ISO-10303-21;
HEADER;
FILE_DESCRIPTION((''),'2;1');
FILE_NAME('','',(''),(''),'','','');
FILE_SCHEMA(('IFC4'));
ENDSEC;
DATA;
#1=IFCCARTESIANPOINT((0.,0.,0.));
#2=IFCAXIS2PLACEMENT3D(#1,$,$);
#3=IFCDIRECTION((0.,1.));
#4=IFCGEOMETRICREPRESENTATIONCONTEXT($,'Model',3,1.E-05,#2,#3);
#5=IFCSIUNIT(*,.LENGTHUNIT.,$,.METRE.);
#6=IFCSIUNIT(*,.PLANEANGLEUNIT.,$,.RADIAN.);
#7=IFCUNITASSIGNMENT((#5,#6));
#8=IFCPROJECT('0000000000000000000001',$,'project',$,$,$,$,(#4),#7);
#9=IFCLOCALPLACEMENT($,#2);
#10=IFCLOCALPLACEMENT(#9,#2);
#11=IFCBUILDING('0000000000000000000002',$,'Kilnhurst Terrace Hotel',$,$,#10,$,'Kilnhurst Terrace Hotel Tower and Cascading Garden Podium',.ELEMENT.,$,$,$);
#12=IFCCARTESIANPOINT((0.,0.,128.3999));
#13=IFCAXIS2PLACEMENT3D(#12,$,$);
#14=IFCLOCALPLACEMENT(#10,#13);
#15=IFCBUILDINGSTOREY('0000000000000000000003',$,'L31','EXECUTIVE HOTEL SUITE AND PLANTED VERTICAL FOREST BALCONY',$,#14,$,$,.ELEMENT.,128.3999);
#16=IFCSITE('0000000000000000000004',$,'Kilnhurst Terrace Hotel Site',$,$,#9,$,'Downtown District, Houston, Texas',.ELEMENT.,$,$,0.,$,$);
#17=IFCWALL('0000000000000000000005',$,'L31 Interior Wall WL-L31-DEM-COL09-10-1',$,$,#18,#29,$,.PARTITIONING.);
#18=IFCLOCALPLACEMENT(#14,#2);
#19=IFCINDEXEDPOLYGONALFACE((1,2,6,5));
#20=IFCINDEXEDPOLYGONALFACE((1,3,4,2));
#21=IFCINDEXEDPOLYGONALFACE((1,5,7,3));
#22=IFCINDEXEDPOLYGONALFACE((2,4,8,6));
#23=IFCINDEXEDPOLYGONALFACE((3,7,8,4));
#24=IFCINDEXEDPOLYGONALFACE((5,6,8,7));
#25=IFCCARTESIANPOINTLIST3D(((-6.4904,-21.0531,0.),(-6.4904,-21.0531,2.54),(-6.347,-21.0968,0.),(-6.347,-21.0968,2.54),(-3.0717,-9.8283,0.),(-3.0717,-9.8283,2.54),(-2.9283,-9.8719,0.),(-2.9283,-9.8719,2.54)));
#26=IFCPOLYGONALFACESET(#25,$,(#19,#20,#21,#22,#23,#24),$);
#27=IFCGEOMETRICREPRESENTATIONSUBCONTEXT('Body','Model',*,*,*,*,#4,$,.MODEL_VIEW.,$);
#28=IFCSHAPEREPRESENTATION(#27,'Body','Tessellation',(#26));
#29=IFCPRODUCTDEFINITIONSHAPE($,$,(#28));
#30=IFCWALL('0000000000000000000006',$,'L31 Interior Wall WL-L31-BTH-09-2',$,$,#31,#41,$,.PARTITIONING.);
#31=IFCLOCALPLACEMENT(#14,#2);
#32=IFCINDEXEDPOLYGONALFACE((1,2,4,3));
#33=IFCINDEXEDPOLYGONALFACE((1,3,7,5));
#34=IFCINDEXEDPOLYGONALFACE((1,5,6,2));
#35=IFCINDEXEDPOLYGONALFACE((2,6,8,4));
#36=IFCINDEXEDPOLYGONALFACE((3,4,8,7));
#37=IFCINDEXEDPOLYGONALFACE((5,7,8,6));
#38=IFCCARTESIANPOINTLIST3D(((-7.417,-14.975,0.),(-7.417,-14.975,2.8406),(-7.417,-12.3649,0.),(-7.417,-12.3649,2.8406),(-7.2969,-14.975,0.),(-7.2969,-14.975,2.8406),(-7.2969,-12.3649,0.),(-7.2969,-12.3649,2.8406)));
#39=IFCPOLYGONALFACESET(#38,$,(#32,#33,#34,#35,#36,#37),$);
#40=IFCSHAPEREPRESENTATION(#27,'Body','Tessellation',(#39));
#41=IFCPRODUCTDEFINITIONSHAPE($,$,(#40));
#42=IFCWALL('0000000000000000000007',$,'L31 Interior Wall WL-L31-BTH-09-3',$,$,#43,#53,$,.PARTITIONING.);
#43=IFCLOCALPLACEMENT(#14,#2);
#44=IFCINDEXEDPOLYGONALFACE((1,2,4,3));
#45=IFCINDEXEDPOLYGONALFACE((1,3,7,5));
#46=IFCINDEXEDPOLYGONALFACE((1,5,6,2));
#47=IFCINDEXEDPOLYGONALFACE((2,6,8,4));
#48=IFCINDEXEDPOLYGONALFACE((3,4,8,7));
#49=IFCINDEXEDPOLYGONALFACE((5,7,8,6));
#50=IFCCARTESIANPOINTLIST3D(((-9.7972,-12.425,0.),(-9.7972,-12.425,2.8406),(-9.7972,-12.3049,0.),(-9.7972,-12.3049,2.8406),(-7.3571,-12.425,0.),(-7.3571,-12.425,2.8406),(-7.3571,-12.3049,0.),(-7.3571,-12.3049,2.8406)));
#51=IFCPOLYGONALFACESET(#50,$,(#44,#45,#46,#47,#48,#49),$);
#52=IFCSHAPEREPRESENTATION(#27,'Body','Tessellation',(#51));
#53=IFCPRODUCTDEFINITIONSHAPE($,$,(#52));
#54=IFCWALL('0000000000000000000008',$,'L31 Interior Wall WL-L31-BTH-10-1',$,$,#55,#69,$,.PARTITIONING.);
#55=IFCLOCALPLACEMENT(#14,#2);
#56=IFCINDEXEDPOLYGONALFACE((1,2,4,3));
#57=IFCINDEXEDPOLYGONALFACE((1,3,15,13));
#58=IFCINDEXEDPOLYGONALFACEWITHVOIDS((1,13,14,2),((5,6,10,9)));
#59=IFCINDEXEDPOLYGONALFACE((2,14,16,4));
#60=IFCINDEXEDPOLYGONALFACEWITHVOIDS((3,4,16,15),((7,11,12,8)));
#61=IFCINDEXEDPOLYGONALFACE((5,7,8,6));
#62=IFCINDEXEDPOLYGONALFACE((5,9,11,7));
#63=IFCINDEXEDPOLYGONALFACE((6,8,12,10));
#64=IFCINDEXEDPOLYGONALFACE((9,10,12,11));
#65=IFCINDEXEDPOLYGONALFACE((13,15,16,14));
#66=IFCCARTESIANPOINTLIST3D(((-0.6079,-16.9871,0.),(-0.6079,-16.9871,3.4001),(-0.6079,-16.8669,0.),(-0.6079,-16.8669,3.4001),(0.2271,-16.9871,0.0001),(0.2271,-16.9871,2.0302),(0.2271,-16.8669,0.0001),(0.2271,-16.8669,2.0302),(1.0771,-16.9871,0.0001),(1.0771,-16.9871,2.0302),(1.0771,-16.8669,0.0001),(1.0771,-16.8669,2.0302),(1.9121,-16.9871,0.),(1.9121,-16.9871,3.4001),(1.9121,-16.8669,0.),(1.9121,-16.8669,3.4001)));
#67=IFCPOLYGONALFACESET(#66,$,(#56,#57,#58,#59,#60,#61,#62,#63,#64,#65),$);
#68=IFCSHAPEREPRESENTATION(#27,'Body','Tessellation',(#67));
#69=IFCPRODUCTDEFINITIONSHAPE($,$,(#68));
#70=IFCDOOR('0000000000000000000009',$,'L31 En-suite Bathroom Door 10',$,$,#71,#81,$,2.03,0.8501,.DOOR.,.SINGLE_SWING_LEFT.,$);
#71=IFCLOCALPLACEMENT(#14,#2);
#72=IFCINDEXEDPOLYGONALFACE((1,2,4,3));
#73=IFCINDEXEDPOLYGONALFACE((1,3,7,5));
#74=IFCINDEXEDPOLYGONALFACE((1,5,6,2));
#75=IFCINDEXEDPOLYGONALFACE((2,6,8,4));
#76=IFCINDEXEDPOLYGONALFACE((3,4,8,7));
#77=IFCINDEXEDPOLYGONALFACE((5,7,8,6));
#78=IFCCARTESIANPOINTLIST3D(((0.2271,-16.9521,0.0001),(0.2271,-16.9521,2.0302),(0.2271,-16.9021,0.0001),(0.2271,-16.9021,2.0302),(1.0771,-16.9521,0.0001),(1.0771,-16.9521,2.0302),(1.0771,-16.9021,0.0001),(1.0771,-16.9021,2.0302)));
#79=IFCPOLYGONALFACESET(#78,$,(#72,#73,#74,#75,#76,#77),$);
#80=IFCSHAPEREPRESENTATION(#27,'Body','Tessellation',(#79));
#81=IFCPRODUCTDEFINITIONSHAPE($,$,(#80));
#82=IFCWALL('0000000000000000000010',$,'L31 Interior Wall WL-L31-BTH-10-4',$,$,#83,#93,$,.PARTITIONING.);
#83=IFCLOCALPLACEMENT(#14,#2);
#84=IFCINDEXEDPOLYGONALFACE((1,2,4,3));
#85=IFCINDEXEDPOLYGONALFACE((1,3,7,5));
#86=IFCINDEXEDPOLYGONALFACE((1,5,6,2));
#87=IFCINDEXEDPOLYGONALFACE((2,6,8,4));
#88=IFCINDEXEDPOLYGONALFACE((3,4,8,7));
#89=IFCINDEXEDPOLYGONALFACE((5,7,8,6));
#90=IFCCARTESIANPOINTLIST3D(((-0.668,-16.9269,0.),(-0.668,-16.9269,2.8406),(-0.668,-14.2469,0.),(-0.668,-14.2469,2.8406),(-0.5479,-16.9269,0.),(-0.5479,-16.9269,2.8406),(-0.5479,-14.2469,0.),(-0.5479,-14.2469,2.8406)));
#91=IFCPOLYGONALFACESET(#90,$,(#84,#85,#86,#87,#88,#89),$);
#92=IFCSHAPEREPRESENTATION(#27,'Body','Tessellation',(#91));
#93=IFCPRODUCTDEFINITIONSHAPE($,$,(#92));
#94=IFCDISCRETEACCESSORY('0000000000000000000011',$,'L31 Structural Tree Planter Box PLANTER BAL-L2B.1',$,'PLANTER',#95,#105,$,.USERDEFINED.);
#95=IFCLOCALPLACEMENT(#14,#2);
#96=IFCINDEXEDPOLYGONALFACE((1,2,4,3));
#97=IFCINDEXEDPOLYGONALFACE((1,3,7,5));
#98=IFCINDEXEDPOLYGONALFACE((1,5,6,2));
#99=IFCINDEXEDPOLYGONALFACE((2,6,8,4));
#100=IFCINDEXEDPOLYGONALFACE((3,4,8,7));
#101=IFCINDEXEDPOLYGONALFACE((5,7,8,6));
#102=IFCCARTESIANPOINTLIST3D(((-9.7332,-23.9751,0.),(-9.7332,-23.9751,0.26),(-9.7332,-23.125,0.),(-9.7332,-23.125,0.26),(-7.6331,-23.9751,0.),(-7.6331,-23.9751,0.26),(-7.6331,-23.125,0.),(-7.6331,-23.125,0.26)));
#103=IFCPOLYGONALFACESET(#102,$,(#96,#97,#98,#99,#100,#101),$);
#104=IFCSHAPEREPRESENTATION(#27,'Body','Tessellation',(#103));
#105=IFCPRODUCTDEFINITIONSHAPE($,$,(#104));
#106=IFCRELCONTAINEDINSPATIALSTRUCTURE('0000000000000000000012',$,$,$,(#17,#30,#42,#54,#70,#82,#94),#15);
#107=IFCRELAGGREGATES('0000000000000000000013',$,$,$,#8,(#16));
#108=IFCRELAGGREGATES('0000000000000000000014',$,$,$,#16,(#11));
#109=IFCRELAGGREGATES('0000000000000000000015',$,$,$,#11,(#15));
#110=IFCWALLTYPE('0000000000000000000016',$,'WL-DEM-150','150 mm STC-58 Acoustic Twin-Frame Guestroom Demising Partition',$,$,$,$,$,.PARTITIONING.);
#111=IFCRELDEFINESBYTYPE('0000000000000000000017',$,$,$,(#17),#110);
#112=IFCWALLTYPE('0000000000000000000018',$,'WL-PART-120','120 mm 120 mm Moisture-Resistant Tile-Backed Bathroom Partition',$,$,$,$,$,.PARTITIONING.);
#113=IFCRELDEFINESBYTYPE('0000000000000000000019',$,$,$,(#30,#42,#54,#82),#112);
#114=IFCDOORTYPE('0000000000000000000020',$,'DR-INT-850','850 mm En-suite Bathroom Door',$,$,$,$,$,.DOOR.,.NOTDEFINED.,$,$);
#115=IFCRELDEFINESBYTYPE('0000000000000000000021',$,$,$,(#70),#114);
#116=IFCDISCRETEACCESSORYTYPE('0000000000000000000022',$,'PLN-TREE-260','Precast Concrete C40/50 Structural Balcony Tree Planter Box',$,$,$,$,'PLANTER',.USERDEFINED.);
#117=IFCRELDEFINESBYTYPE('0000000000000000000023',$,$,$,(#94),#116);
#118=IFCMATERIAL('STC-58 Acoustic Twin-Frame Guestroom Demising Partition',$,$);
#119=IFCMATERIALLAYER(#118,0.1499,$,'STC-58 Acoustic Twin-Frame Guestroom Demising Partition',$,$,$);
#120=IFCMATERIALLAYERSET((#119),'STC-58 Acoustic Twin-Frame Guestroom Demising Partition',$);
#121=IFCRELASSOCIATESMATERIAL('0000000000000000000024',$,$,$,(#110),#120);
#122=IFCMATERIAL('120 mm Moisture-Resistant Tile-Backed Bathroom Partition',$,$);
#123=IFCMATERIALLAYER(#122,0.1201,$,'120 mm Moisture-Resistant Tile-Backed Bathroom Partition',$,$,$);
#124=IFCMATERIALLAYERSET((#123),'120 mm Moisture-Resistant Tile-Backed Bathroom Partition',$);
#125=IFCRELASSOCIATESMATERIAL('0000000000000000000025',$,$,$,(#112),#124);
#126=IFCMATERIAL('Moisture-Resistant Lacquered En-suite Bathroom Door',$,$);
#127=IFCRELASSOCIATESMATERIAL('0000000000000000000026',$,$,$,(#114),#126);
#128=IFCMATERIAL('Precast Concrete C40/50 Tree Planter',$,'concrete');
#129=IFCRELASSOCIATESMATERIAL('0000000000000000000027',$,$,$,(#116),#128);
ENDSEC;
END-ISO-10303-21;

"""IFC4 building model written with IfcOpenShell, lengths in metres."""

from ifc_helpers import new_model, si_unit, direction, frame, frame_2d, origin, origin_2d, place, context, subcontext, project, spatial, rectangle, extrude, material, layer, layer_set, type_object, element, fill, save


model = new_model("IFC4")

# Units and contexts
model_context = context("Model", 3, precision=1e-05, world=origin(), true_north=direction((0.0, 1.0)))
body_context = subcontext(model_context, "Body", "Model", "MODEL_VIEW")
ifc_project = project(units=[si_unit("LENGTHUNIT", "METRE"), si_unit("PLANEANGLEUNIT", "RADIAN")], contexts=[model_context])

# Site, building, storey
site_placement = place(None, origin())
site = spatial("IfcSite", under=ifc_project, at=site_placement, Name="Kilnhurst Terrace Hotel Site", LongName="Downtown District, Houston, Texas", CompositionType="ELEMENT", RefElevation=0.0)
building_placement = place(site_placement, origin())
building = spatial("IfcBuilding", under=site, at=building_placement, Name="Kilnhurst Terrace Hotel", LongName="Kilnhurst Terrace Hotel Tower and Cascading Garden Podium", CompositionType="ELEMENT")
storey_placement = place(building_placement, frame((0.0, 0.0, 128.3999)))
storey = spatial("IfcBuildingStorey", under=building, at=storey_placement, Name="L31", Description="EXECUTIVE HOTEL SUITE AND PLANTED VERTICAL FOREST BALCONY", CompositionType="ELEMENT", Elevation=128.3999)

# Walls
ifc_material_1 = material(Name="STC-58 Acoustic Twin-Frame Guestroom Demising Partition")
ifc_layer_1 = layer(ifc_material_1, 0.1499, Name="STC-58 Acoustic Twin-Frame Guestroom Demising Partition")
ifc_layer_set_1 = layer_set([ifc_layer_1], Name="STC-58 Acoustic Twin-Frame Guestroom Demising Partition")
wall_type_1 = type_object("IfcWallType", Name="WL-DEM-150", Description="150 mm STC-58 Acoustic Twin-Frame Guestroom Demising Partition", PredefinedType="PARTITIONING", material=ifc_layer_set_1)
wall_1_placement = place(storey_placement, frame((-3.0, -9.8501, 0.0), z_axis=(0.0, 0.0, 1.0), x_axis=(-0.291352, -0.956616, 0.0)))
element("IfcWall", 1, at=wall_1_placement, inside=storey, type_object=wall_type_1, Name="L31 Interior Wall WL-L31-DEM-COL09-10-1", PredefinedType="PARTITIONING", context=body_context, shape_type="SweptSolid", body=[
    extrude(rectangle(XDim=11.7339, YDim=0.1499, at=frame_2d((5.8669, 0.0))), origin(), (0.0, 0.0, 1.0), 2.54),
])
ifc_material_2 = material(Name="120 mm Moisture-Resistant Tile-Backed Bathroom Partition")
ifc_layer_2 = layer(ifc_material_2, 0.1201, Name="120 mm Moisture-Resistant Tile-Backed Bathroom Partition")
ifc_layer_set_2 = layer_set([ifc_layer_2], Name="120 mm Moisture-Resistant Tile-Backed Bathroom Partition")
wall_type_2 = type_object("IfcWallType", Name="WL-PART-120", Description="120 mm 120 mm Moisture-Resistant Tile-Backed Bathroom Partition", PredefinedType="PARTITIONING", material=ifc_layer_set_2)
wall_2_placement = place(storey_placement, frame((-7.3569, -14.9751, 0.0), z_axis=(0.0, 0.0, 1.0), x_axis=(0.0, 1.0, 0.0)))
element("IfcWall", 2, at=wall_2_placement, inside=storey, type_object=wall_type_2, Name="L31 Interior Wall WL-L31-BTH-09-2", PredefinedType="PARTITIONING", context=body_context, shape_type="SweptSolid", body=[
    extrude(rectangle(XDim=2.6101, YDim=0.1201, at=frame_2d((1.3052, 0.0))), origin(), (0.0, 0.0, 1.0), 2.8406),
])
wall_3_placement = place(storey_placement, frame((-7.3569, -12.365, 0.0), z_axis=(0.0, 0.0, 1.0), x_axis=(-1.0, 0.0, 0.0)))
element("IfcWall", 3, at=wall_3_placement, inside=storey, type_object=wall_type_2, Name="L31 Interior Wall WL-L31-BTH-09-3", PredefinedType="PARTITIONING", context=body_context, shape_type="SweptSolid", body=[
    extrude(rectangle(XDim=2.4402, YDim=0.1201, at=frame_2d((1.2202, 0.0))), origin(), (0.0, 0.0, 1.0), 2.8406),
])

# Wall, opening, door
wall_4_placement = place(storey_placement, frame((-0.6079, -16.927, 0.0), z_axis=(0.0, 0.0, 1.0), x_axis=(1.0, 0.0, 0.0)))
wall_4 = element("IfcWall", 4, at=wall_4_placement, inside=storey, type_object=wall_type_2, Name="L31 Interior Wall WL-L31-BTH-10-1", PredefinedType="PARTITIONING", context=body_context, shape_type="SweptSolid", body=[
    extrude(rectangle(XDim=2.52, YDim=0.1201, at=frame_2d((1.26, 0.0))), origin(), (0.0, 0.0, 1.0), 3.4001),
])
opening_1_placement = place(wall_4_placement, frame((0.835, 0.0, 0.0)))
opening_1 = element("IfcOpeningElement", 5, at=opening_1_placement, cuts=wall_4, PredefinedType="OPENING", context=body_context, shape_type="SweptSolid", body=[
    extrude(rectangle(XDim=0.8501, YDim=2.03, at=frame_2d((0.425, 1.0151))), frame((0.0, 0.0701, 0.0), z_axis=(0.0, -1.0, 0.0), x_axis=(1.0, 0.0, 0.0)), (0.0, 0.0, 1.0), 0.1401),
])
ifc_material_3 = material(Name="Moisture-Resistant Lacquered En-suite Bathroom Door")
door_type_1 = type_object("IfcDoorType", Name="DR-INT-850", Description="850 mm En-suite Bathroom Door", OperationType="NOTDEFINED", PredefinedType="DOOR", material=ifc_material_3)
door_1_placement = place(opening_1_placement, origin())
door_1 = element("IfcDoor", 6, at=door_1_placement, inside=storey, type_object=door_type_1, Name="L31 En-suite Bathroom Door 10", OperationType="SINGLE_SWING_LEFT", OverallHeight=2.03, OverallWidth=0.8501, PredefinedType="DOOR", context=body_context, shape_type="SweptSolid", body=[
    extrude(rectangle(XDim=0.8501, YDim=2.03, at=frame_2d((0.425, 1.0151))), frame((0.0, 0.0249, 0.0), z_axis=(0.0, -1.0, 0.0), x_axis=(1.0, 0.0, 0.0)), (0.0, 0.0, 1.0), 0.05),
])
fill(opening_1, door_1)

# Wall
wall_5_placement = place(storey_placement, frame((-0.6079, -14.2471, 0.0), z_axis=(0.0, 0.0, 1.0), x_axis=(0.0, -1.0, 0.0)))
element("IfcWall", 7, at=wall_5_placement, inside=storey, type_object=wall_type_2, Name="L31 Interior Wall WL-L31-BTH-10-4", PredefinedType="PARTITIONING", context=body_context, shape_type="SweptSolid", body=[
    extrude(rectangle(XDim=2.6799, YDim=0.1201, at=frame_2d((1.3398, 0.0))), origin(), (0.0, 0.0, 1.0), 2.8406),
])

# Discrete accessory
ifc_material_4 = material(Name="Precast Concrete C40/50 Tree Planter", Category="concrete")
discrete_accessory_type = type_object("IfcDiscreteAccessoryType", Name="PLN-TREE-260", Description="Precast Concrete C40/50 Structural Balcony Tree Planter Box", ElementType="PLANTER", PredefinedType="USERDEFINED", material=ifc_material_4)
discrete_accessory_placement = place(storey_placement, frame((-8.6831, -23.55, 0.0), z_axis=(0.0, 0.0, 1.0), x_axis=(1.0, 0.0, 0.0)))
element("IfcDiscreteAccessory", 8, at=discrete_accessory_placement, inside=storey, type_object=discrete_accessory_type, Name="L31 Structural Tree Planter Box PLANTER BAL-L2B.1", ObjectType="PLANTER", PredefinedType="USERDEFINED", context=body_context, shape_type="SweptSolid", body=[
    extrude(rectangle(XDim=2.1001, YDim=0.8501, at=origin_2d()), origin(), (0.0, 0.0, 1.0), 0.26),
])

save(model, "model.ifc")
